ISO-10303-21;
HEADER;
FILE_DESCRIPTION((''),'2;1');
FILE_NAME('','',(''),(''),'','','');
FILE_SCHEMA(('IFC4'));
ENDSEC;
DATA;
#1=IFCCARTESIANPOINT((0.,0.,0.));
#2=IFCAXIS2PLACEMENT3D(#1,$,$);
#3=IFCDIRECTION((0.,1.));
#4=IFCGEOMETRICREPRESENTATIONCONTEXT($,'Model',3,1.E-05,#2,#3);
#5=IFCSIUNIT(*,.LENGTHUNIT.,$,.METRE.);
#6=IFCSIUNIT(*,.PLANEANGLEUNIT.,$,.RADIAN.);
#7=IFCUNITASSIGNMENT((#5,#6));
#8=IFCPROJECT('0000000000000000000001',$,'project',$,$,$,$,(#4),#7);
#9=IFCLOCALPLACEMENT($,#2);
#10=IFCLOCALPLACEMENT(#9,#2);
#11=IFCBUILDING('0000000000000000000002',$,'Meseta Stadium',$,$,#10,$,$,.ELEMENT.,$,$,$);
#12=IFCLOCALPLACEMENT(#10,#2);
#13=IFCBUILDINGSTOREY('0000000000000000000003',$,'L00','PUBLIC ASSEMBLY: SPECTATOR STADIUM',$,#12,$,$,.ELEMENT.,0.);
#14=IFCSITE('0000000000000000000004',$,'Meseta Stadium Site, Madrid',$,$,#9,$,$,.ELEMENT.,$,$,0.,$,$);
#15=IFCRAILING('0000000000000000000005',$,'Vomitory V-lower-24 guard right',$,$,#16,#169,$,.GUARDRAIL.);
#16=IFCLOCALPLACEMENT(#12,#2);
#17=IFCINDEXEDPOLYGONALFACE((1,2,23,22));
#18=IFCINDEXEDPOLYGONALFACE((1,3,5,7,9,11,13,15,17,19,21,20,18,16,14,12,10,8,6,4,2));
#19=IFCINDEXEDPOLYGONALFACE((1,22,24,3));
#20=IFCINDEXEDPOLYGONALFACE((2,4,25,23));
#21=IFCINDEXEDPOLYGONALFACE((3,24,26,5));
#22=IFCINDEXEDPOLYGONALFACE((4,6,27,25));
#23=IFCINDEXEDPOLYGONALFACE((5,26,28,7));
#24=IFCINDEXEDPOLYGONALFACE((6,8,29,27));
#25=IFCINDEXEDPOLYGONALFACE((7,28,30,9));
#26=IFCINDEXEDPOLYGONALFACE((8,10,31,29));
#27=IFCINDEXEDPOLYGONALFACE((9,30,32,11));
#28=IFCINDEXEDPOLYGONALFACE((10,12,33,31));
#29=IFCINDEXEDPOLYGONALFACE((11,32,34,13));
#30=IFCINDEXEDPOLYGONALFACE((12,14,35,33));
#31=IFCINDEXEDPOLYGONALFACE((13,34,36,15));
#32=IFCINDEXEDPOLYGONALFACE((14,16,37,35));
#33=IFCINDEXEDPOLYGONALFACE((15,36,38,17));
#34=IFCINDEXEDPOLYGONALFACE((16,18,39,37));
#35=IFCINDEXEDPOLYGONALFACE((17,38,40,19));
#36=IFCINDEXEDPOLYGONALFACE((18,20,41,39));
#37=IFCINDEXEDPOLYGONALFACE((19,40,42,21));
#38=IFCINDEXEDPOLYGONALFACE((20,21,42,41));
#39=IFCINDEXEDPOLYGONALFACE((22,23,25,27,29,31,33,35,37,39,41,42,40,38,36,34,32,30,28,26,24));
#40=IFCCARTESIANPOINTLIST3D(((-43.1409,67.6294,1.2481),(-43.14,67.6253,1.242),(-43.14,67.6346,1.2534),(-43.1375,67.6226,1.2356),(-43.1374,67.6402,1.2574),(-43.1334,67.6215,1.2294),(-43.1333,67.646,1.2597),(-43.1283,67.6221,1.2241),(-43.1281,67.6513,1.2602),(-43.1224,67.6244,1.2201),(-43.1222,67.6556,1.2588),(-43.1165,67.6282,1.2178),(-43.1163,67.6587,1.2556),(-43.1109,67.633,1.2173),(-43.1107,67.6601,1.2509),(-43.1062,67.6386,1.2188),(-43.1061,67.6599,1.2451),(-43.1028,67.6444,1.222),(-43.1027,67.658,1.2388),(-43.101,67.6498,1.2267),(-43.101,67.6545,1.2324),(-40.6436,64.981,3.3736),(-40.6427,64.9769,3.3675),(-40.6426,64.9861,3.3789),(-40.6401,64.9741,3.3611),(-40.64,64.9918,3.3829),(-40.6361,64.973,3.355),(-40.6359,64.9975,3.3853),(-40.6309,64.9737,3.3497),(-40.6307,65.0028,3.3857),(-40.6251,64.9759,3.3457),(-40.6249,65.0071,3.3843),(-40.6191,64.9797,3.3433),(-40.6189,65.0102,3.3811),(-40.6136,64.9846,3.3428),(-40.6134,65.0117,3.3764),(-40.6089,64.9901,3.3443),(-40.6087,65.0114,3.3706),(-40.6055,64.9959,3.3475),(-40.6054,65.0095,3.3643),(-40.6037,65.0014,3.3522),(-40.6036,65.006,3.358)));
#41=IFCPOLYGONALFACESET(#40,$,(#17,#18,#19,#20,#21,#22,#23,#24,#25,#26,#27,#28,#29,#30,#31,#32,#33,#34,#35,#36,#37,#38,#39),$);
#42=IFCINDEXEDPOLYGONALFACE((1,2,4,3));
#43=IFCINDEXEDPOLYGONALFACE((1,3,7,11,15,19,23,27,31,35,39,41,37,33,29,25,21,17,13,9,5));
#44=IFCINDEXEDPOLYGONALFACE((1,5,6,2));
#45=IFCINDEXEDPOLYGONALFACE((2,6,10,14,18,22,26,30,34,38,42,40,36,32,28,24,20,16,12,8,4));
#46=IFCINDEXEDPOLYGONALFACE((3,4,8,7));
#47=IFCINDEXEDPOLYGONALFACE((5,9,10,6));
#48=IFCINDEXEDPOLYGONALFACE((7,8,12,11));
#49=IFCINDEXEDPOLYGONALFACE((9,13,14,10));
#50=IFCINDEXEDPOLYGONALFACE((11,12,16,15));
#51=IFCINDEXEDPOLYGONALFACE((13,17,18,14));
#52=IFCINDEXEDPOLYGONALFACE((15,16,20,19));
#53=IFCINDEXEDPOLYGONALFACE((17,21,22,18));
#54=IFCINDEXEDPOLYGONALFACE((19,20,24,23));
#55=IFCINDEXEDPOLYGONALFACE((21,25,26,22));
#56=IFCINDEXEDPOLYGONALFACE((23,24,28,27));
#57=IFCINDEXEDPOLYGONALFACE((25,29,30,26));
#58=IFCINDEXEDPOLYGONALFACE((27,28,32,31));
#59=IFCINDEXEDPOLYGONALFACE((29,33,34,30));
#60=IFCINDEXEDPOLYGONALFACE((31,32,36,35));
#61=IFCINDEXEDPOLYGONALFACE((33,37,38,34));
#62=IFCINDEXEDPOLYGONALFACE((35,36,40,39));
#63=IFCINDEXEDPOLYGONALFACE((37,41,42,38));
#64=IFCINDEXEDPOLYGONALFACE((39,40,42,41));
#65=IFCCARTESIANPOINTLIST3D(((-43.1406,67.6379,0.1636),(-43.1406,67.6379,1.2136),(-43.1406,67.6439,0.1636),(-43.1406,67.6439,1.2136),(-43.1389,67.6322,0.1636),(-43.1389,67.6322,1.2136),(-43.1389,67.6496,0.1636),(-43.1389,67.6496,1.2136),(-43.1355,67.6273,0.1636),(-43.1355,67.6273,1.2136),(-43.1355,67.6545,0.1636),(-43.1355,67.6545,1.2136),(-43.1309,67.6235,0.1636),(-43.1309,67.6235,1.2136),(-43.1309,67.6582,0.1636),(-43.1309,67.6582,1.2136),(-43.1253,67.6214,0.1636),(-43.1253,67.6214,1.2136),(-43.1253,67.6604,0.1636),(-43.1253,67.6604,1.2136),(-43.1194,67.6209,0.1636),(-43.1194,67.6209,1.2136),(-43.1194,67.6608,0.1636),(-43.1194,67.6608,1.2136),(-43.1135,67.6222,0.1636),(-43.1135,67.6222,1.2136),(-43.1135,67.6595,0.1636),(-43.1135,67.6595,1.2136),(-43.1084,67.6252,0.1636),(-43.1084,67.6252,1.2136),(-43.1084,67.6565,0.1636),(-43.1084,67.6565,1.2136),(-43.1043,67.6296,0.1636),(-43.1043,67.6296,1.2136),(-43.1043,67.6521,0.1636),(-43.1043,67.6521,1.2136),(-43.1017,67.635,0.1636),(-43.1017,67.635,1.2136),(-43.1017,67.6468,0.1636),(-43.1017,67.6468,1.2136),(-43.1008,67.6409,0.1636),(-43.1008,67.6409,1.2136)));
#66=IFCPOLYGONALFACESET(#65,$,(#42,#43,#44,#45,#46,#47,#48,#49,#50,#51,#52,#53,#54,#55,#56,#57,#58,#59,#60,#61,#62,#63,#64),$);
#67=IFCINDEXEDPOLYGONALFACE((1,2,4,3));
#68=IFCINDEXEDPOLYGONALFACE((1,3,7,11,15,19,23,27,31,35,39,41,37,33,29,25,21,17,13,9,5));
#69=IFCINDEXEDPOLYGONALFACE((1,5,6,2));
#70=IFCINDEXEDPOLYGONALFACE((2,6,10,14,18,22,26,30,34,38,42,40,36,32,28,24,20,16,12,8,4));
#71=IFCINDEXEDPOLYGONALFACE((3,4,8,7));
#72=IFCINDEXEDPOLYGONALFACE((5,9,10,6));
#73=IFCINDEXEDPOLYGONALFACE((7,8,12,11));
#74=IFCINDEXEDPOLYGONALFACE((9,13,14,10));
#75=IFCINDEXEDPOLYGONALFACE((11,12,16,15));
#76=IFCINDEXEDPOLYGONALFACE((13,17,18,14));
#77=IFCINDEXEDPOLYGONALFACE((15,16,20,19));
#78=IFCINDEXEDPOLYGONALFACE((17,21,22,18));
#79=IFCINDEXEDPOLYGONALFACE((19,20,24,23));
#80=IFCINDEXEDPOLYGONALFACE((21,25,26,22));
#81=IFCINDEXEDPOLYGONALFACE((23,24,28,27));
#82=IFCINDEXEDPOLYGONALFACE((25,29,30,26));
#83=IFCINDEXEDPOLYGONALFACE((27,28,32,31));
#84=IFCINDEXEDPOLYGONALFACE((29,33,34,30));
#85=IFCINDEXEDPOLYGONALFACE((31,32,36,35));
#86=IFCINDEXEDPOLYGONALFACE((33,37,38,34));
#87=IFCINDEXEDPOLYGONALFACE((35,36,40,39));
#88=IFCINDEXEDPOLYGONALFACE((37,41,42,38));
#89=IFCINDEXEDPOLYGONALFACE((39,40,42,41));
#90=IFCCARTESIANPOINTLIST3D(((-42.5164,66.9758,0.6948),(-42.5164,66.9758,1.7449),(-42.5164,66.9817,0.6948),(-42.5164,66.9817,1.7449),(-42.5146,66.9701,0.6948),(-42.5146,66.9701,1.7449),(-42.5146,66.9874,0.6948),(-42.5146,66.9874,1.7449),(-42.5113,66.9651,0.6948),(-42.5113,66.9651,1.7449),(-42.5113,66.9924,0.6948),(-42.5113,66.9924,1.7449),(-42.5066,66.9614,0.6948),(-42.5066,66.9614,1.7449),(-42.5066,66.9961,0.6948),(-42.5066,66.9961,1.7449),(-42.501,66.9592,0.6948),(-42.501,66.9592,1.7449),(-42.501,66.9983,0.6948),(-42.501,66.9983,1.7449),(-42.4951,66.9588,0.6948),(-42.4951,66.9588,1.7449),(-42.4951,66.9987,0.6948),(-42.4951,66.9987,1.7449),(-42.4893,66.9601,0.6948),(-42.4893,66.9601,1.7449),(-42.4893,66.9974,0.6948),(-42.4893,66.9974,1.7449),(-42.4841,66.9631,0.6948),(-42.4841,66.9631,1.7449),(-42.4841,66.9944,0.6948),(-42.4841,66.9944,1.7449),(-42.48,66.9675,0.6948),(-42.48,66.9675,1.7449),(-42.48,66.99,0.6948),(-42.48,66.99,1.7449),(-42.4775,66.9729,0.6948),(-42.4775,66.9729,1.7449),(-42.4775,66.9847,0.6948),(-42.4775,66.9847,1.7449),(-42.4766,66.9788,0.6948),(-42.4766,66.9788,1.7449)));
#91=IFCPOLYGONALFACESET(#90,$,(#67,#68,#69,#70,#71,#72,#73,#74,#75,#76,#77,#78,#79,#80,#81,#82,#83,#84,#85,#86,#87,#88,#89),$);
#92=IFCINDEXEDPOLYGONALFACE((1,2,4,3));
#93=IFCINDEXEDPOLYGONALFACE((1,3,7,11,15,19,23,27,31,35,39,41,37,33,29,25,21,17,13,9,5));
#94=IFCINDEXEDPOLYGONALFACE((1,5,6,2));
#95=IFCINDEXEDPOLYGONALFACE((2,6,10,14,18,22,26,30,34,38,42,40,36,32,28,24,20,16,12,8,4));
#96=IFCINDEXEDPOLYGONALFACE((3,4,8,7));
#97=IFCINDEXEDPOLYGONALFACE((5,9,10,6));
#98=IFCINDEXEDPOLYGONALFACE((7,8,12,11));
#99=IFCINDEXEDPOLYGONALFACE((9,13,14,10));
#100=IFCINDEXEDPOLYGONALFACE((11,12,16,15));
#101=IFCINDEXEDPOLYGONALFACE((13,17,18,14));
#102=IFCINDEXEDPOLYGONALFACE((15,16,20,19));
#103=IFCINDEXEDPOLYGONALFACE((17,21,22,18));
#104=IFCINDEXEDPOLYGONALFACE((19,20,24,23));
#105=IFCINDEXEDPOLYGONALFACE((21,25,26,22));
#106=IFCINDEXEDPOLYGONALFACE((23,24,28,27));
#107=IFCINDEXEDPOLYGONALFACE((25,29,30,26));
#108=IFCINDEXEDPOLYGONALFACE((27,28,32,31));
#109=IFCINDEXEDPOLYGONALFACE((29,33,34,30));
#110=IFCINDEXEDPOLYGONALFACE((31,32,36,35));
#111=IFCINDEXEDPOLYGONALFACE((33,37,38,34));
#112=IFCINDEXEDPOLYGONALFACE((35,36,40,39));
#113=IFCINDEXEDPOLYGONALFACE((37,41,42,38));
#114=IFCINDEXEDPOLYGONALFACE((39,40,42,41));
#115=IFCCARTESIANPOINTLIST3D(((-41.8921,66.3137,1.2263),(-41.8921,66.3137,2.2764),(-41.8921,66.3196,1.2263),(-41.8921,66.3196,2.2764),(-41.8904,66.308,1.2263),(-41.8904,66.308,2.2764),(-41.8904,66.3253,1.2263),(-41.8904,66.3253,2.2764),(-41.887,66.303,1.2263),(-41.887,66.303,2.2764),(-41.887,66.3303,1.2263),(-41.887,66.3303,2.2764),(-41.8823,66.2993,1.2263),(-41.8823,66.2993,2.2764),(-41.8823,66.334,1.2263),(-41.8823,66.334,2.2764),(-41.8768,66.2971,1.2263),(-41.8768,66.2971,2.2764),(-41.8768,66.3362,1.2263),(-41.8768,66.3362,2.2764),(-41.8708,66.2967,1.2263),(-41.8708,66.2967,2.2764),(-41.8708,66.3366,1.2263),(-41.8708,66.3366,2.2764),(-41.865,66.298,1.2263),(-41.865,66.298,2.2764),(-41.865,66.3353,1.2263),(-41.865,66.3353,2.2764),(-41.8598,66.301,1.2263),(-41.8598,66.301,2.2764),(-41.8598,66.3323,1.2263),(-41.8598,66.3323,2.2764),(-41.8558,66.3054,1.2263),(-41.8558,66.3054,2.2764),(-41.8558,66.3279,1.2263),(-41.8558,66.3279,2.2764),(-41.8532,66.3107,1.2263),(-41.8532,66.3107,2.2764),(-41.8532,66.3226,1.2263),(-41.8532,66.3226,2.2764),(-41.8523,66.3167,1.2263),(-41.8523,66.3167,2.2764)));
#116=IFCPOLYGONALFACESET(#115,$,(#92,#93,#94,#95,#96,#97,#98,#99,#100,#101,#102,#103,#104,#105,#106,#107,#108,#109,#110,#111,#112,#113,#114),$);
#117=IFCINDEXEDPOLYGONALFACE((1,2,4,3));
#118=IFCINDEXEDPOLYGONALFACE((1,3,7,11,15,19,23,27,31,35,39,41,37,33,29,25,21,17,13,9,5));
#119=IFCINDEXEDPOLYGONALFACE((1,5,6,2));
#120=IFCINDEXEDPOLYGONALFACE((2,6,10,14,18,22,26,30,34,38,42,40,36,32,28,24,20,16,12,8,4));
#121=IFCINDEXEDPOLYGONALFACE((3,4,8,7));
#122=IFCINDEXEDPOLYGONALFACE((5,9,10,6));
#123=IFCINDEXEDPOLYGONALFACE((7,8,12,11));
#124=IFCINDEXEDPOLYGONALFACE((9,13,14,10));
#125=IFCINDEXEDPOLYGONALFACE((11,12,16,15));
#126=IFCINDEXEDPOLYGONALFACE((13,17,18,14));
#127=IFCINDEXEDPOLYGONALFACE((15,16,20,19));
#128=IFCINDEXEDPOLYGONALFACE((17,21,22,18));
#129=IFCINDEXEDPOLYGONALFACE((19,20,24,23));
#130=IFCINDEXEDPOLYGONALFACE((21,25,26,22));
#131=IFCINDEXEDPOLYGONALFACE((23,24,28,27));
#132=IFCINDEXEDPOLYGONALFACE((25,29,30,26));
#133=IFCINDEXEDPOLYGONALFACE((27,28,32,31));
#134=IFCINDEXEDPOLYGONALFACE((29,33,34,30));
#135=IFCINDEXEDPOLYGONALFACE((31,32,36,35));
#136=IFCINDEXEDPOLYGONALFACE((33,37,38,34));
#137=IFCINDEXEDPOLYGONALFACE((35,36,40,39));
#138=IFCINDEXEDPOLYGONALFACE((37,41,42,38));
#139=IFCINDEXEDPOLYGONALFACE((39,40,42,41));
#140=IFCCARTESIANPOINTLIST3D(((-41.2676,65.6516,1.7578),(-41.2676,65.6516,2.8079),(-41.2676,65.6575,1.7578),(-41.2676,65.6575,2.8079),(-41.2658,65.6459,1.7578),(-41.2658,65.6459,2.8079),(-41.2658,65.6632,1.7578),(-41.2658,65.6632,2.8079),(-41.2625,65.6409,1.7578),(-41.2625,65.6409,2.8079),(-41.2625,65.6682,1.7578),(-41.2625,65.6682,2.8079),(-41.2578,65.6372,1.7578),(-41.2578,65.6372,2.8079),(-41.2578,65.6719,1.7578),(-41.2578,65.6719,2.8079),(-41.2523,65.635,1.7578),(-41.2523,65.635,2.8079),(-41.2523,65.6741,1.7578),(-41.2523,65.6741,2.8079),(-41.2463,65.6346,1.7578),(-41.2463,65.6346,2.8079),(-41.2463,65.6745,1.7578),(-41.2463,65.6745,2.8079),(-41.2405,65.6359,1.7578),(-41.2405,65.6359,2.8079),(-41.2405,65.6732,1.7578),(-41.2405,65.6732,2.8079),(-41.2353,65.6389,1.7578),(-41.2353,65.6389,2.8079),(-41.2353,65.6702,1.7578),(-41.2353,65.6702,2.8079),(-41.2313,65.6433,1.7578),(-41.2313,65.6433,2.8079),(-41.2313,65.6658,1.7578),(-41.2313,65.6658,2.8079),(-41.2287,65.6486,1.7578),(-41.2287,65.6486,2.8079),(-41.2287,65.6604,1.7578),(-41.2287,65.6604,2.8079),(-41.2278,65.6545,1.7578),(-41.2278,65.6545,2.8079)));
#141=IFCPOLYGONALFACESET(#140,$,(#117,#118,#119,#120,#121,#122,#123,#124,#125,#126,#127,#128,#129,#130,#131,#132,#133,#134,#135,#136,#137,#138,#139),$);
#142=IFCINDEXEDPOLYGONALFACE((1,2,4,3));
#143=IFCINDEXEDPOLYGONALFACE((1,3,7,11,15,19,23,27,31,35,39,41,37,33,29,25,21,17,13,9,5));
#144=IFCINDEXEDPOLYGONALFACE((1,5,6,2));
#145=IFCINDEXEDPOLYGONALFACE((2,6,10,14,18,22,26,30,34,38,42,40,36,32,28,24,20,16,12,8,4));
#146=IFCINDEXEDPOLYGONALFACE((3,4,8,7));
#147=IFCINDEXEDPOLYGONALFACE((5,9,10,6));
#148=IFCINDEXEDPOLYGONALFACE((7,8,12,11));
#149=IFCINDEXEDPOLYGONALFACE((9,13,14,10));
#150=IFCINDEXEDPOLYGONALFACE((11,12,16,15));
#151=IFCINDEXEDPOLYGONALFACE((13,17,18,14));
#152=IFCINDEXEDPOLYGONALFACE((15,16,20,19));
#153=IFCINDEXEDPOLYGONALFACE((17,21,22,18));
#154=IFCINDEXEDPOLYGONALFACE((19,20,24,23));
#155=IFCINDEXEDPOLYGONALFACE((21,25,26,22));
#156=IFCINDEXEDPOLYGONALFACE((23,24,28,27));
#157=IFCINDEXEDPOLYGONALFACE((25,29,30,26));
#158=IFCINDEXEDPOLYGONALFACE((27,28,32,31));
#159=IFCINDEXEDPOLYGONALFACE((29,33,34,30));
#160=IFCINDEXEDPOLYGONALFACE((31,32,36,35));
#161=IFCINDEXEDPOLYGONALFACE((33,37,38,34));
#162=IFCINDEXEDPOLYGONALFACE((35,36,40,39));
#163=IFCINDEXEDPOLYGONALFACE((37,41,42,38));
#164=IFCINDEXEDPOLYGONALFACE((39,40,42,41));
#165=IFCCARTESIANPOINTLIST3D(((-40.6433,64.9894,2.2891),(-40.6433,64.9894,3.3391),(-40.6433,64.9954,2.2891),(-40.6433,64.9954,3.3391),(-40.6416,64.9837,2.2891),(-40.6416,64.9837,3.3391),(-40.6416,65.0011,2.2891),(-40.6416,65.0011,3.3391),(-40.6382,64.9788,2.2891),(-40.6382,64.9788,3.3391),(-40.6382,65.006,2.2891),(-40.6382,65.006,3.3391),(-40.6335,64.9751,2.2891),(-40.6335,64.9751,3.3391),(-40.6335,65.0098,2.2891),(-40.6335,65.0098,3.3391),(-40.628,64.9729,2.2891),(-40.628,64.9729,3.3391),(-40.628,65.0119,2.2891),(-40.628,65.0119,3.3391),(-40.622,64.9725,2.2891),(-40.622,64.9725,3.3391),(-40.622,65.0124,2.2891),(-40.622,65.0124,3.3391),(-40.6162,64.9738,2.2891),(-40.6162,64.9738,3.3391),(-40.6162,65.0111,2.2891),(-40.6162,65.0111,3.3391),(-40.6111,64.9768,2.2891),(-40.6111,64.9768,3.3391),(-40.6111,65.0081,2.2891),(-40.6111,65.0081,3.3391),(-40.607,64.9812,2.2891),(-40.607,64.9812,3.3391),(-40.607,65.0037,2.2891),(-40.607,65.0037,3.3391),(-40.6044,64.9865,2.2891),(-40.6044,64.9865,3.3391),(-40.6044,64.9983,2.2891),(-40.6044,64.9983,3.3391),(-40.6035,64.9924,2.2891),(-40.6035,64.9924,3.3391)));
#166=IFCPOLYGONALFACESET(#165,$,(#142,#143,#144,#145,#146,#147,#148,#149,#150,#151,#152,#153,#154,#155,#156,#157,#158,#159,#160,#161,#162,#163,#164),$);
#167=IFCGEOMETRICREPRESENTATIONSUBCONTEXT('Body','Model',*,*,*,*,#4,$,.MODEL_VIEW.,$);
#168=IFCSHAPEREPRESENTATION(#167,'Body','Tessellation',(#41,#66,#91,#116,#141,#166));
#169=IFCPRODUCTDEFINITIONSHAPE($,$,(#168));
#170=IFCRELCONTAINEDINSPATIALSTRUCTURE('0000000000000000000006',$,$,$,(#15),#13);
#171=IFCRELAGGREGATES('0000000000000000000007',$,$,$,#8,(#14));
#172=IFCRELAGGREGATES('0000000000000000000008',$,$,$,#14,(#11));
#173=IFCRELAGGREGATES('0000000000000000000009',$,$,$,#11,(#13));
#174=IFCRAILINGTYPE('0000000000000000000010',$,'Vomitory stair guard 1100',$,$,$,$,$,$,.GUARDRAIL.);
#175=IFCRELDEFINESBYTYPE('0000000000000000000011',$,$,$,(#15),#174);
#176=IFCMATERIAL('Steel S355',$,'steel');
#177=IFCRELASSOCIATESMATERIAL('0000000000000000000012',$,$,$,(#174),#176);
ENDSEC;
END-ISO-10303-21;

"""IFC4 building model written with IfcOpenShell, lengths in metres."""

from ifc_helpers import new_model, si_unit, direction, frame, origin, origin_2d, place, context, subcontext, project, spatial, circle, extrude, material, type_object, element, save


model = new_model("IFC4")

# Units and contexts
model_context = context("Model", 3, precision=1e-05, world=origin(), true_north=direction((0.0, 1.0)))
body_context = subcontext(model_context, "Body", "Model", "MODEL_VIEW")
ifc_project = project(units=[si_unit("LENGTHUNIT", "METRE"), si_unit("PLANEANGLEUNIT", "RADIAN")], contexts=[model_context])

# Site, building, storey
site_placement = place(None, origin())
site = spatial("IfcSite", under=ifc_project, at=site_placement, Name="Meseta Stadium Site, Madrid", CompositionType="ELEMENT", RefElevation=0.0)
building_placement = place(site_placement, origin())
building = spatial("IfcBuilding", under=site, at=building_placement, Name="Meseta Stadium", CompositionType="ELEMENT")
storey_placement = place(building_placement, origin())
storey = spatial("IfcBuildingStorey", under=building, at=storey_placement, Name="L00", Description="PUBLIC ASSEMBLY: SPECTATOR STADIUM", CompositionType="ELEMENT", Elevation=0.0)

# Railing
ifc_material_1 = material(Name="Steel S355", Category="steel")
railing_type_1 = type_object("IfcRailingType", Name="Vomitory stair guard 1100", PredefinedType="GUARDRAIL", material=ifc_material_1)
railing_1_placement = place(storey_placement, frame((-43.1208, 67.6409, 0.1636)))
element("IfcRailing", 1, at=railing_1_placement, inside=storey, type_object=railing_type_1, Name="Vomitory V-lower-24 guard right", PredefinedType="GUARDRAIL", context=body_context, shape_type="SweptSolid", body=[
    extrude(circle(Radius=0.0249, at=origin_2d()), frame((0.0, 0.0, 1.0752), z_axis=(0.592445, -0.628296, 0.504235), x_axis=(0.72756, 0.686044, 0.0)), (0.0, 0.0, 1.0), 4.2153),
    extrude(circle(Radius=0.02, at=origin_2d()), origin(), (0.0, 0.0, 1.0), 1.05),
    extrude(circle(Radius=0.02, at=origin_2d()), frame((0.6243, -0.6621, 0.5312)), (0.0, 0.0, 1.0), 1.05),
    extrude(circle(Radius=0.02, at=origin_2d()), frame((1.2485, -1.3242, 1.0627)), (0.0, 0.0, 1.0), 1.05),
    extrude(circle(Radius=0.02, at=origin_2d()), frame((1.873, -1.9863, 1.5942)), (0.0, 0.0, 1.0), 1.05),
    extrude(circle(Radius=0.02, at=origin_2d()), frame((2.4973, -2.6484, 2.1255)), (0.0, 0.0, 1.0), 1.05),
])

save(model, "model.ifc")
